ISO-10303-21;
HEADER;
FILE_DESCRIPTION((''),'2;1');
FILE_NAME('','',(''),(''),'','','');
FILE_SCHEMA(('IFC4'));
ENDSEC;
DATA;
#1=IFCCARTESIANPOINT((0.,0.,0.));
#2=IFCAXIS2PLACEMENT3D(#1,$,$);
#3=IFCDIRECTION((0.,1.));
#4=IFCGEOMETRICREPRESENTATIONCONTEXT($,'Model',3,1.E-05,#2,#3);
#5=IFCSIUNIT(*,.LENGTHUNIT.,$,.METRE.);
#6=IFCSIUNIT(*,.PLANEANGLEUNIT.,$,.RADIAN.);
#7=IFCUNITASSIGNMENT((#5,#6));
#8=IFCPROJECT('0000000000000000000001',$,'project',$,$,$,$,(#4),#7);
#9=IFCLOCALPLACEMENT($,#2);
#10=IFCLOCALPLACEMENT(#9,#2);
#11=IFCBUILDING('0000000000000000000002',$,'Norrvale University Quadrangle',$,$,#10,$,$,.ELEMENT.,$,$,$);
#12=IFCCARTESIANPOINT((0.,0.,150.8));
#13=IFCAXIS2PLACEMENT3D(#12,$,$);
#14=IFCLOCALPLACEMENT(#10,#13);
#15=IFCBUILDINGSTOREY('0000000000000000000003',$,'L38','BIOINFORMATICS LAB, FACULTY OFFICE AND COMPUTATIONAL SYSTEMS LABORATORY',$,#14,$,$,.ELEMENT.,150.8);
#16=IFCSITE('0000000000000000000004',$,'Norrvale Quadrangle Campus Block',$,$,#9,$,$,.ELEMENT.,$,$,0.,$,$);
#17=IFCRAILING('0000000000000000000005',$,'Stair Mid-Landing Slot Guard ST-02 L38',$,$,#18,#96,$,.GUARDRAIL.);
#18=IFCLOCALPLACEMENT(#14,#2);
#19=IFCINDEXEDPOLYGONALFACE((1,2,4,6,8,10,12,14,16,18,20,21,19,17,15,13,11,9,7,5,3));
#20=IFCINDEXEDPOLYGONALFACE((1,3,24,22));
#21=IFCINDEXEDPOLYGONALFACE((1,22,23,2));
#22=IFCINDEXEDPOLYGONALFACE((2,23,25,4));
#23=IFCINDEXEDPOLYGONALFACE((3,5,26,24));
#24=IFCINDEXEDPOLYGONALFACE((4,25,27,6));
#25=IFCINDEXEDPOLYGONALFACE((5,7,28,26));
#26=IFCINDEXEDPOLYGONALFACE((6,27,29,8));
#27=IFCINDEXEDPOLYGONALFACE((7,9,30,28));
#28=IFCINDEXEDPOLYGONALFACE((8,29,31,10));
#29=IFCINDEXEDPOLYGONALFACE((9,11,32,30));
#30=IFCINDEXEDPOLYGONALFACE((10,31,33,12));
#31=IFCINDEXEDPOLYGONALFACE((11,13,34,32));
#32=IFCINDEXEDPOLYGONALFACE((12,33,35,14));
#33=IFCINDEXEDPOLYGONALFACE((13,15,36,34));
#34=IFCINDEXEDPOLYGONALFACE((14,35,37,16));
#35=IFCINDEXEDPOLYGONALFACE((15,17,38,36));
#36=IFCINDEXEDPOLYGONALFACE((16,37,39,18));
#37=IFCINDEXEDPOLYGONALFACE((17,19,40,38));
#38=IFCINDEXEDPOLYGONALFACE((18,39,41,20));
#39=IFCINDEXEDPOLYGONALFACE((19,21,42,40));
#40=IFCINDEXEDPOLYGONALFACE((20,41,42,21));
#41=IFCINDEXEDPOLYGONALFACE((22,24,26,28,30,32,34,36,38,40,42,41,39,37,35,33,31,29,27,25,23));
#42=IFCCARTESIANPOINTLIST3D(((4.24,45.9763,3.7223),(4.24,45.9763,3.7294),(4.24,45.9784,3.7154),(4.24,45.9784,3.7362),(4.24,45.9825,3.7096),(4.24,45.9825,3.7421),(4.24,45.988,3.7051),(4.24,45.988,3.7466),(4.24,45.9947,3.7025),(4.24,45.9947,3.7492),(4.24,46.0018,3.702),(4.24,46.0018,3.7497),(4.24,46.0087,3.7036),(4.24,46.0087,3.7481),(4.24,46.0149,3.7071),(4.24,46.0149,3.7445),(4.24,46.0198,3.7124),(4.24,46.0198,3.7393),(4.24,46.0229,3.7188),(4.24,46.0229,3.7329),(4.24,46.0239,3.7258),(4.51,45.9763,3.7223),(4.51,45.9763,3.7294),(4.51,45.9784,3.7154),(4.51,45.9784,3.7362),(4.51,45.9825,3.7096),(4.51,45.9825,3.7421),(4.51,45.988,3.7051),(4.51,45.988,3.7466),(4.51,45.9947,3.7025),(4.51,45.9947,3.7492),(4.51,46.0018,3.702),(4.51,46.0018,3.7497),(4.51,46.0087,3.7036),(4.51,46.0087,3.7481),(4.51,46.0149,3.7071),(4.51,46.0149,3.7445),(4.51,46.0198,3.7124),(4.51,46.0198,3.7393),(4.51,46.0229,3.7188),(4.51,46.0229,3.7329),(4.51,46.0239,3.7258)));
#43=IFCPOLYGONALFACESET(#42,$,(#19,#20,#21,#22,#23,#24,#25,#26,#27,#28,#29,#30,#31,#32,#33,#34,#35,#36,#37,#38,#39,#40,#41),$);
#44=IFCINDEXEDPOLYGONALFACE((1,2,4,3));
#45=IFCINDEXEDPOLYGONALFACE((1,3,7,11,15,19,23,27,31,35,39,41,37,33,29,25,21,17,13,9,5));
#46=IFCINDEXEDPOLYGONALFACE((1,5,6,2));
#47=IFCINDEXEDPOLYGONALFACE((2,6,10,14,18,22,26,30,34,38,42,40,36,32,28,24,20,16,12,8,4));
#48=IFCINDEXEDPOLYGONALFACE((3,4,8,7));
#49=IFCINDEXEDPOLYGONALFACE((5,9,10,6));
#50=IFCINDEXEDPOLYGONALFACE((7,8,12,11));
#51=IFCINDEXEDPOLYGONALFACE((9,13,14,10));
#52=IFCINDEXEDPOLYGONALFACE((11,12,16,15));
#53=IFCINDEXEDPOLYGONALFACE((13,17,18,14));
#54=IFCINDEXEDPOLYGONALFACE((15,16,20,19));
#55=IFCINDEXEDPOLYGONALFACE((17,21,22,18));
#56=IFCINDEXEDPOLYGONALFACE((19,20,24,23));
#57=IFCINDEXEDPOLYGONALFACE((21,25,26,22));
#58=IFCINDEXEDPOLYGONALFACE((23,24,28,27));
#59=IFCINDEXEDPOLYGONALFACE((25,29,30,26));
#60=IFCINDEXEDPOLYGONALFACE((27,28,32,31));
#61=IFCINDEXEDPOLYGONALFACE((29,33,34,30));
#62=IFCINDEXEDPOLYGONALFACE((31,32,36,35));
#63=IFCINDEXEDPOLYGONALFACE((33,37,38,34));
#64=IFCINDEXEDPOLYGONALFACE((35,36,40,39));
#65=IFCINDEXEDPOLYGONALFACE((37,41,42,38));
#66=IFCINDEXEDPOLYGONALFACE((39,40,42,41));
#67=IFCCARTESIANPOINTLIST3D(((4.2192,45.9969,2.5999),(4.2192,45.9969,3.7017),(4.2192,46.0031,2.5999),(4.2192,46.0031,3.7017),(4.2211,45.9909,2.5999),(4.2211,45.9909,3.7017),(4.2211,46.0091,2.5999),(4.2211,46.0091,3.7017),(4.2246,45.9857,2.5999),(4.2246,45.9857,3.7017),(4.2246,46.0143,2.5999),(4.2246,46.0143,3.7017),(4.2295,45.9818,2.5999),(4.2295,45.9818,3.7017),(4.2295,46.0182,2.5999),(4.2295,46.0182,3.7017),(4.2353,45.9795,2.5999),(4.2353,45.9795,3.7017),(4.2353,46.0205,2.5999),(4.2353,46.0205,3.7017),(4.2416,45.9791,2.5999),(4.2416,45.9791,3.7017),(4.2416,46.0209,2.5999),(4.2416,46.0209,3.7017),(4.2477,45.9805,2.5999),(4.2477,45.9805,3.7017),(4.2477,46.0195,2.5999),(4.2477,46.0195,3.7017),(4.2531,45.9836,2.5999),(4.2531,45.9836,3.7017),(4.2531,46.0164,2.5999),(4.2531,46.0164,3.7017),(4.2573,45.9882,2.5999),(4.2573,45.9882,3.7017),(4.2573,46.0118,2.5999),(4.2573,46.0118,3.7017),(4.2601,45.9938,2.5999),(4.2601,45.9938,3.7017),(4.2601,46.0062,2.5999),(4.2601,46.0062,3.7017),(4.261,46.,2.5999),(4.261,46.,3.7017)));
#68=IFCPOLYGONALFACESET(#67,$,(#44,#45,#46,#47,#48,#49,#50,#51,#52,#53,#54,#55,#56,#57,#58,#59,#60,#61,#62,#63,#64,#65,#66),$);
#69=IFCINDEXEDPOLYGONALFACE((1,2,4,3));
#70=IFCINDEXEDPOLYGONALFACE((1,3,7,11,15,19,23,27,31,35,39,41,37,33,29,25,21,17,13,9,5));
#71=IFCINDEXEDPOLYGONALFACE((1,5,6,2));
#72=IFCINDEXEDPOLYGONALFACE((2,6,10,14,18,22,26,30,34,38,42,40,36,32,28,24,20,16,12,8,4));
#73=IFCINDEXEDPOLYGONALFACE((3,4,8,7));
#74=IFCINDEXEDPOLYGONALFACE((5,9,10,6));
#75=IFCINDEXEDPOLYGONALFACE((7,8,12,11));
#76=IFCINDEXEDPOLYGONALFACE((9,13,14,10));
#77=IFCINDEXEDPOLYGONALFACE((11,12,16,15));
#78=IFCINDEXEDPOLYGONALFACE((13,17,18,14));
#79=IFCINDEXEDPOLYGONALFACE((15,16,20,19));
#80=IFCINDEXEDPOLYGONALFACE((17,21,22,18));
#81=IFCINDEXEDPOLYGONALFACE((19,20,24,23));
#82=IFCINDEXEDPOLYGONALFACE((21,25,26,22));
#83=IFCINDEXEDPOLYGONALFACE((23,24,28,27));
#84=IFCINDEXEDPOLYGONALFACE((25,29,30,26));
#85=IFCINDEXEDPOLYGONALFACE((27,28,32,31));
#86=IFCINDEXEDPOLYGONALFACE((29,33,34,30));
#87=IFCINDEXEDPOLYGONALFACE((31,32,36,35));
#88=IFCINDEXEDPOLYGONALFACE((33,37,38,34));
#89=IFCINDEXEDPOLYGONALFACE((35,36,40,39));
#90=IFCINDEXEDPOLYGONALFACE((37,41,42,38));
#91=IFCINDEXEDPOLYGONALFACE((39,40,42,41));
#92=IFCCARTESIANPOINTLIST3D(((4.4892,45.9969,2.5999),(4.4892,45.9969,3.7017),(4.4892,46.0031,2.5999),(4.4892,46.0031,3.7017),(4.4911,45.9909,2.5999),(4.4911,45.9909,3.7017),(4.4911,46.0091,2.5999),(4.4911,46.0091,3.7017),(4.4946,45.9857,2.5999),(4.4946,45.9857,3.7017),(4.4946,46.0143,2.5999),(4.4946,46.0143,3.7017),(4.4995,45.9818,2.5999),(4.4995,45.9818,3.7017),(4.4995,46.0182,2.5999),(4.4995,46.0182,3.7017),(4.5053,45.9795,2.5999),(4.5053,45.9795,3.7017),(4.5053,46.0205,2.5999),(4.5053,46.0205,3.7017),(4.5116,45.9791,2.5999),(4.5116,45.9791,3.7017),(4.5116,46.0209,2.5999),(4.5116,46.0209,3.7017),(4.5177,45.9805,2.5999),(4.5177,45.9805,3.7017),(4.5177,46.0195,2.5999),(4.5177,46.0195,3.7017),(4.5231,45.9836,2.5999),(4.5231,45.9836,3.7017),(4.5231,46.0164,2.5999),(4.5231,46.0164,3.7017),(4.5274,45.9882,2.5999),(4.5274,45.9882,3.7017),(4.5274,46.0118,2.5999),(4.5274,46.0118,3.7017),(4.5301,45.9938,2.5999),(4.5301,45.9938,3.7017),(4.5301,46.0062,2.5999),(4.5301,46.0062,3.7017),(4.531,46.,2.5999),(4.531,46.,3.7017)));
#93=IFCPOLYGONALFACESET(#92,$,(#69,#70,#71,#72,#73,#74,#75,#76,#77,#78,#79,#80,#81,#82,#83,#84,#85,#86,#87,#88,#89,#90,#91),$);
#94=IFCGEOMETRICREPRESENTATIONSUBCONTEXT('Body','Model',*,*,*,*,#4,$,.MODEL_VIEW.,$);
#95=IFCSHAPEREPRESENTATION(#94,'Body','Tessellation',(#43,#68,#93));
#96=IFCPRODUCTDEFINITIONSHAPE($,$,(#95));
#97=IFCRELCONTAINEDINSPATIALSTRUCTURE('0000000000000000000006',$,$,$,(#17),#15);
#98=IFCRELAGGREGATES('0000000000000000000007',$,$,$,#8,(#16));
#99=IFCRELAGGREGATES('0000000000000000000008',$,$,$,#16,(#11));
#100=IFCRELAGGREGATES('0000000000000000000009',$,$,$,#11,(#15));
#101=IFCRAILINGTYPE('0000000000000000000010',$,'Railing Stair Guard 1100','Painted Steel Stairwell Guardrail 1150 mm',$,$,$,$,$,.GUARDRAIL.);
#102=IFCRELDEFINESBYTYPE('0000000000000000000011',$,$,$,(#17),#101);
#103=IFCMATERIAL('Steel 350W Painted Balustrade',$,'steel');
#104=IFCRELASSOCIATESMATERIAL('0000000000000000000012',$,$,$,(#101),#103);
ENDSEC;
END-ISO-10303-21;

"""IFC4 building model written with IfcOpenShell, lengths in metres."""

from ifc_helpers import new_model, si_unit, direction, frame, origin, origin_2d, place, context, subcontext, project, spatial, circle, extrude, material, type_object, element, save


model = new_model("IFC4")

# Units and contexts
model_context = context("Model", 3, precision=1e-05, world=origin(), true_north=direction((0.0, 1.0)))
body_context = subcontext(model_context, "Body", "Model", "MODEL_VIEW")
ifc_project = project(units=[si_unit("LENGTHUNIT", "METRE"), si_unit("PLANEANGLEUNIT", "RADIAN")], contexts=[model_context])

# Site, building, storey
site_placement = place(None, origin())
site = spatial("IfcSite", under=ifc_project, at=site_placement, Name="Norrvale Quadrangle Campus Block", CompositionType="ELEMENT", RefElevation=0.0)
building_placement = place(site_placement, origin())
building = spatial("IfcBuilding", under=site, at=building_placement, Name="Norrvale University Quadrangle", CompositionType="ELEMENT")
storey_placement = place(building_placement, frame((0.0, 0.0, 150.8)))
storey = spatial("IfcBuildingStorey", under=building, at=storey_placement, Name="L38", Description="BIOINFORMATICS LAB, FACULTY OFFICE AND COMPUTATIONAL SYSTEMS LABORATORY", CompositionType="ELEMENT", Elevation=150.8)

# Railing
ifc_material_1 = material(Name="Steel 350W Painted Balustrade", Category="steel")
railing_type_1 = type_object("IfcRailingType", Name="Railing Stair Guard 1100", Description="Painted Steel Stairwell Guardrail 1150 mm", PredefinedType="GUARDRAIL", material=ifc_material_1)
for number, where, name in (
    (1, (4.24, 46.0, 2.5999), "Stair Mid-Landing Slot Guard ST-02 L38"),
):
    element("IfcRailing", number, at=place(storey_placement, frame(where)), inside=storey, type_object=railing_type_1, Name=name, PredefinedType="GUARDRAIL", context=body_context, shape_type="SweptSolid", body=[
        extrude(circle(Radius=0.0239, at=origin_2d()), frame((0.0, 0.0, 1.126), z_axis=(1.0, 0.0, 0.0), x_axis=(0.0, 1.0, 0.0)), (0.0, 0.0, 1.0), 0.27),
        extrude(circle(Radius=0.021, at=origin_2d()), origin(), (0.0, 0.0, 1.0), 1.1018),
        extrude(circle(Radius=0.021, at=origin_2d()), frame((0.27, 0.0, 0.0)), (0.0, 0.0, 1.0), 1.1018),
    ])

save(model, "model.ifc")
